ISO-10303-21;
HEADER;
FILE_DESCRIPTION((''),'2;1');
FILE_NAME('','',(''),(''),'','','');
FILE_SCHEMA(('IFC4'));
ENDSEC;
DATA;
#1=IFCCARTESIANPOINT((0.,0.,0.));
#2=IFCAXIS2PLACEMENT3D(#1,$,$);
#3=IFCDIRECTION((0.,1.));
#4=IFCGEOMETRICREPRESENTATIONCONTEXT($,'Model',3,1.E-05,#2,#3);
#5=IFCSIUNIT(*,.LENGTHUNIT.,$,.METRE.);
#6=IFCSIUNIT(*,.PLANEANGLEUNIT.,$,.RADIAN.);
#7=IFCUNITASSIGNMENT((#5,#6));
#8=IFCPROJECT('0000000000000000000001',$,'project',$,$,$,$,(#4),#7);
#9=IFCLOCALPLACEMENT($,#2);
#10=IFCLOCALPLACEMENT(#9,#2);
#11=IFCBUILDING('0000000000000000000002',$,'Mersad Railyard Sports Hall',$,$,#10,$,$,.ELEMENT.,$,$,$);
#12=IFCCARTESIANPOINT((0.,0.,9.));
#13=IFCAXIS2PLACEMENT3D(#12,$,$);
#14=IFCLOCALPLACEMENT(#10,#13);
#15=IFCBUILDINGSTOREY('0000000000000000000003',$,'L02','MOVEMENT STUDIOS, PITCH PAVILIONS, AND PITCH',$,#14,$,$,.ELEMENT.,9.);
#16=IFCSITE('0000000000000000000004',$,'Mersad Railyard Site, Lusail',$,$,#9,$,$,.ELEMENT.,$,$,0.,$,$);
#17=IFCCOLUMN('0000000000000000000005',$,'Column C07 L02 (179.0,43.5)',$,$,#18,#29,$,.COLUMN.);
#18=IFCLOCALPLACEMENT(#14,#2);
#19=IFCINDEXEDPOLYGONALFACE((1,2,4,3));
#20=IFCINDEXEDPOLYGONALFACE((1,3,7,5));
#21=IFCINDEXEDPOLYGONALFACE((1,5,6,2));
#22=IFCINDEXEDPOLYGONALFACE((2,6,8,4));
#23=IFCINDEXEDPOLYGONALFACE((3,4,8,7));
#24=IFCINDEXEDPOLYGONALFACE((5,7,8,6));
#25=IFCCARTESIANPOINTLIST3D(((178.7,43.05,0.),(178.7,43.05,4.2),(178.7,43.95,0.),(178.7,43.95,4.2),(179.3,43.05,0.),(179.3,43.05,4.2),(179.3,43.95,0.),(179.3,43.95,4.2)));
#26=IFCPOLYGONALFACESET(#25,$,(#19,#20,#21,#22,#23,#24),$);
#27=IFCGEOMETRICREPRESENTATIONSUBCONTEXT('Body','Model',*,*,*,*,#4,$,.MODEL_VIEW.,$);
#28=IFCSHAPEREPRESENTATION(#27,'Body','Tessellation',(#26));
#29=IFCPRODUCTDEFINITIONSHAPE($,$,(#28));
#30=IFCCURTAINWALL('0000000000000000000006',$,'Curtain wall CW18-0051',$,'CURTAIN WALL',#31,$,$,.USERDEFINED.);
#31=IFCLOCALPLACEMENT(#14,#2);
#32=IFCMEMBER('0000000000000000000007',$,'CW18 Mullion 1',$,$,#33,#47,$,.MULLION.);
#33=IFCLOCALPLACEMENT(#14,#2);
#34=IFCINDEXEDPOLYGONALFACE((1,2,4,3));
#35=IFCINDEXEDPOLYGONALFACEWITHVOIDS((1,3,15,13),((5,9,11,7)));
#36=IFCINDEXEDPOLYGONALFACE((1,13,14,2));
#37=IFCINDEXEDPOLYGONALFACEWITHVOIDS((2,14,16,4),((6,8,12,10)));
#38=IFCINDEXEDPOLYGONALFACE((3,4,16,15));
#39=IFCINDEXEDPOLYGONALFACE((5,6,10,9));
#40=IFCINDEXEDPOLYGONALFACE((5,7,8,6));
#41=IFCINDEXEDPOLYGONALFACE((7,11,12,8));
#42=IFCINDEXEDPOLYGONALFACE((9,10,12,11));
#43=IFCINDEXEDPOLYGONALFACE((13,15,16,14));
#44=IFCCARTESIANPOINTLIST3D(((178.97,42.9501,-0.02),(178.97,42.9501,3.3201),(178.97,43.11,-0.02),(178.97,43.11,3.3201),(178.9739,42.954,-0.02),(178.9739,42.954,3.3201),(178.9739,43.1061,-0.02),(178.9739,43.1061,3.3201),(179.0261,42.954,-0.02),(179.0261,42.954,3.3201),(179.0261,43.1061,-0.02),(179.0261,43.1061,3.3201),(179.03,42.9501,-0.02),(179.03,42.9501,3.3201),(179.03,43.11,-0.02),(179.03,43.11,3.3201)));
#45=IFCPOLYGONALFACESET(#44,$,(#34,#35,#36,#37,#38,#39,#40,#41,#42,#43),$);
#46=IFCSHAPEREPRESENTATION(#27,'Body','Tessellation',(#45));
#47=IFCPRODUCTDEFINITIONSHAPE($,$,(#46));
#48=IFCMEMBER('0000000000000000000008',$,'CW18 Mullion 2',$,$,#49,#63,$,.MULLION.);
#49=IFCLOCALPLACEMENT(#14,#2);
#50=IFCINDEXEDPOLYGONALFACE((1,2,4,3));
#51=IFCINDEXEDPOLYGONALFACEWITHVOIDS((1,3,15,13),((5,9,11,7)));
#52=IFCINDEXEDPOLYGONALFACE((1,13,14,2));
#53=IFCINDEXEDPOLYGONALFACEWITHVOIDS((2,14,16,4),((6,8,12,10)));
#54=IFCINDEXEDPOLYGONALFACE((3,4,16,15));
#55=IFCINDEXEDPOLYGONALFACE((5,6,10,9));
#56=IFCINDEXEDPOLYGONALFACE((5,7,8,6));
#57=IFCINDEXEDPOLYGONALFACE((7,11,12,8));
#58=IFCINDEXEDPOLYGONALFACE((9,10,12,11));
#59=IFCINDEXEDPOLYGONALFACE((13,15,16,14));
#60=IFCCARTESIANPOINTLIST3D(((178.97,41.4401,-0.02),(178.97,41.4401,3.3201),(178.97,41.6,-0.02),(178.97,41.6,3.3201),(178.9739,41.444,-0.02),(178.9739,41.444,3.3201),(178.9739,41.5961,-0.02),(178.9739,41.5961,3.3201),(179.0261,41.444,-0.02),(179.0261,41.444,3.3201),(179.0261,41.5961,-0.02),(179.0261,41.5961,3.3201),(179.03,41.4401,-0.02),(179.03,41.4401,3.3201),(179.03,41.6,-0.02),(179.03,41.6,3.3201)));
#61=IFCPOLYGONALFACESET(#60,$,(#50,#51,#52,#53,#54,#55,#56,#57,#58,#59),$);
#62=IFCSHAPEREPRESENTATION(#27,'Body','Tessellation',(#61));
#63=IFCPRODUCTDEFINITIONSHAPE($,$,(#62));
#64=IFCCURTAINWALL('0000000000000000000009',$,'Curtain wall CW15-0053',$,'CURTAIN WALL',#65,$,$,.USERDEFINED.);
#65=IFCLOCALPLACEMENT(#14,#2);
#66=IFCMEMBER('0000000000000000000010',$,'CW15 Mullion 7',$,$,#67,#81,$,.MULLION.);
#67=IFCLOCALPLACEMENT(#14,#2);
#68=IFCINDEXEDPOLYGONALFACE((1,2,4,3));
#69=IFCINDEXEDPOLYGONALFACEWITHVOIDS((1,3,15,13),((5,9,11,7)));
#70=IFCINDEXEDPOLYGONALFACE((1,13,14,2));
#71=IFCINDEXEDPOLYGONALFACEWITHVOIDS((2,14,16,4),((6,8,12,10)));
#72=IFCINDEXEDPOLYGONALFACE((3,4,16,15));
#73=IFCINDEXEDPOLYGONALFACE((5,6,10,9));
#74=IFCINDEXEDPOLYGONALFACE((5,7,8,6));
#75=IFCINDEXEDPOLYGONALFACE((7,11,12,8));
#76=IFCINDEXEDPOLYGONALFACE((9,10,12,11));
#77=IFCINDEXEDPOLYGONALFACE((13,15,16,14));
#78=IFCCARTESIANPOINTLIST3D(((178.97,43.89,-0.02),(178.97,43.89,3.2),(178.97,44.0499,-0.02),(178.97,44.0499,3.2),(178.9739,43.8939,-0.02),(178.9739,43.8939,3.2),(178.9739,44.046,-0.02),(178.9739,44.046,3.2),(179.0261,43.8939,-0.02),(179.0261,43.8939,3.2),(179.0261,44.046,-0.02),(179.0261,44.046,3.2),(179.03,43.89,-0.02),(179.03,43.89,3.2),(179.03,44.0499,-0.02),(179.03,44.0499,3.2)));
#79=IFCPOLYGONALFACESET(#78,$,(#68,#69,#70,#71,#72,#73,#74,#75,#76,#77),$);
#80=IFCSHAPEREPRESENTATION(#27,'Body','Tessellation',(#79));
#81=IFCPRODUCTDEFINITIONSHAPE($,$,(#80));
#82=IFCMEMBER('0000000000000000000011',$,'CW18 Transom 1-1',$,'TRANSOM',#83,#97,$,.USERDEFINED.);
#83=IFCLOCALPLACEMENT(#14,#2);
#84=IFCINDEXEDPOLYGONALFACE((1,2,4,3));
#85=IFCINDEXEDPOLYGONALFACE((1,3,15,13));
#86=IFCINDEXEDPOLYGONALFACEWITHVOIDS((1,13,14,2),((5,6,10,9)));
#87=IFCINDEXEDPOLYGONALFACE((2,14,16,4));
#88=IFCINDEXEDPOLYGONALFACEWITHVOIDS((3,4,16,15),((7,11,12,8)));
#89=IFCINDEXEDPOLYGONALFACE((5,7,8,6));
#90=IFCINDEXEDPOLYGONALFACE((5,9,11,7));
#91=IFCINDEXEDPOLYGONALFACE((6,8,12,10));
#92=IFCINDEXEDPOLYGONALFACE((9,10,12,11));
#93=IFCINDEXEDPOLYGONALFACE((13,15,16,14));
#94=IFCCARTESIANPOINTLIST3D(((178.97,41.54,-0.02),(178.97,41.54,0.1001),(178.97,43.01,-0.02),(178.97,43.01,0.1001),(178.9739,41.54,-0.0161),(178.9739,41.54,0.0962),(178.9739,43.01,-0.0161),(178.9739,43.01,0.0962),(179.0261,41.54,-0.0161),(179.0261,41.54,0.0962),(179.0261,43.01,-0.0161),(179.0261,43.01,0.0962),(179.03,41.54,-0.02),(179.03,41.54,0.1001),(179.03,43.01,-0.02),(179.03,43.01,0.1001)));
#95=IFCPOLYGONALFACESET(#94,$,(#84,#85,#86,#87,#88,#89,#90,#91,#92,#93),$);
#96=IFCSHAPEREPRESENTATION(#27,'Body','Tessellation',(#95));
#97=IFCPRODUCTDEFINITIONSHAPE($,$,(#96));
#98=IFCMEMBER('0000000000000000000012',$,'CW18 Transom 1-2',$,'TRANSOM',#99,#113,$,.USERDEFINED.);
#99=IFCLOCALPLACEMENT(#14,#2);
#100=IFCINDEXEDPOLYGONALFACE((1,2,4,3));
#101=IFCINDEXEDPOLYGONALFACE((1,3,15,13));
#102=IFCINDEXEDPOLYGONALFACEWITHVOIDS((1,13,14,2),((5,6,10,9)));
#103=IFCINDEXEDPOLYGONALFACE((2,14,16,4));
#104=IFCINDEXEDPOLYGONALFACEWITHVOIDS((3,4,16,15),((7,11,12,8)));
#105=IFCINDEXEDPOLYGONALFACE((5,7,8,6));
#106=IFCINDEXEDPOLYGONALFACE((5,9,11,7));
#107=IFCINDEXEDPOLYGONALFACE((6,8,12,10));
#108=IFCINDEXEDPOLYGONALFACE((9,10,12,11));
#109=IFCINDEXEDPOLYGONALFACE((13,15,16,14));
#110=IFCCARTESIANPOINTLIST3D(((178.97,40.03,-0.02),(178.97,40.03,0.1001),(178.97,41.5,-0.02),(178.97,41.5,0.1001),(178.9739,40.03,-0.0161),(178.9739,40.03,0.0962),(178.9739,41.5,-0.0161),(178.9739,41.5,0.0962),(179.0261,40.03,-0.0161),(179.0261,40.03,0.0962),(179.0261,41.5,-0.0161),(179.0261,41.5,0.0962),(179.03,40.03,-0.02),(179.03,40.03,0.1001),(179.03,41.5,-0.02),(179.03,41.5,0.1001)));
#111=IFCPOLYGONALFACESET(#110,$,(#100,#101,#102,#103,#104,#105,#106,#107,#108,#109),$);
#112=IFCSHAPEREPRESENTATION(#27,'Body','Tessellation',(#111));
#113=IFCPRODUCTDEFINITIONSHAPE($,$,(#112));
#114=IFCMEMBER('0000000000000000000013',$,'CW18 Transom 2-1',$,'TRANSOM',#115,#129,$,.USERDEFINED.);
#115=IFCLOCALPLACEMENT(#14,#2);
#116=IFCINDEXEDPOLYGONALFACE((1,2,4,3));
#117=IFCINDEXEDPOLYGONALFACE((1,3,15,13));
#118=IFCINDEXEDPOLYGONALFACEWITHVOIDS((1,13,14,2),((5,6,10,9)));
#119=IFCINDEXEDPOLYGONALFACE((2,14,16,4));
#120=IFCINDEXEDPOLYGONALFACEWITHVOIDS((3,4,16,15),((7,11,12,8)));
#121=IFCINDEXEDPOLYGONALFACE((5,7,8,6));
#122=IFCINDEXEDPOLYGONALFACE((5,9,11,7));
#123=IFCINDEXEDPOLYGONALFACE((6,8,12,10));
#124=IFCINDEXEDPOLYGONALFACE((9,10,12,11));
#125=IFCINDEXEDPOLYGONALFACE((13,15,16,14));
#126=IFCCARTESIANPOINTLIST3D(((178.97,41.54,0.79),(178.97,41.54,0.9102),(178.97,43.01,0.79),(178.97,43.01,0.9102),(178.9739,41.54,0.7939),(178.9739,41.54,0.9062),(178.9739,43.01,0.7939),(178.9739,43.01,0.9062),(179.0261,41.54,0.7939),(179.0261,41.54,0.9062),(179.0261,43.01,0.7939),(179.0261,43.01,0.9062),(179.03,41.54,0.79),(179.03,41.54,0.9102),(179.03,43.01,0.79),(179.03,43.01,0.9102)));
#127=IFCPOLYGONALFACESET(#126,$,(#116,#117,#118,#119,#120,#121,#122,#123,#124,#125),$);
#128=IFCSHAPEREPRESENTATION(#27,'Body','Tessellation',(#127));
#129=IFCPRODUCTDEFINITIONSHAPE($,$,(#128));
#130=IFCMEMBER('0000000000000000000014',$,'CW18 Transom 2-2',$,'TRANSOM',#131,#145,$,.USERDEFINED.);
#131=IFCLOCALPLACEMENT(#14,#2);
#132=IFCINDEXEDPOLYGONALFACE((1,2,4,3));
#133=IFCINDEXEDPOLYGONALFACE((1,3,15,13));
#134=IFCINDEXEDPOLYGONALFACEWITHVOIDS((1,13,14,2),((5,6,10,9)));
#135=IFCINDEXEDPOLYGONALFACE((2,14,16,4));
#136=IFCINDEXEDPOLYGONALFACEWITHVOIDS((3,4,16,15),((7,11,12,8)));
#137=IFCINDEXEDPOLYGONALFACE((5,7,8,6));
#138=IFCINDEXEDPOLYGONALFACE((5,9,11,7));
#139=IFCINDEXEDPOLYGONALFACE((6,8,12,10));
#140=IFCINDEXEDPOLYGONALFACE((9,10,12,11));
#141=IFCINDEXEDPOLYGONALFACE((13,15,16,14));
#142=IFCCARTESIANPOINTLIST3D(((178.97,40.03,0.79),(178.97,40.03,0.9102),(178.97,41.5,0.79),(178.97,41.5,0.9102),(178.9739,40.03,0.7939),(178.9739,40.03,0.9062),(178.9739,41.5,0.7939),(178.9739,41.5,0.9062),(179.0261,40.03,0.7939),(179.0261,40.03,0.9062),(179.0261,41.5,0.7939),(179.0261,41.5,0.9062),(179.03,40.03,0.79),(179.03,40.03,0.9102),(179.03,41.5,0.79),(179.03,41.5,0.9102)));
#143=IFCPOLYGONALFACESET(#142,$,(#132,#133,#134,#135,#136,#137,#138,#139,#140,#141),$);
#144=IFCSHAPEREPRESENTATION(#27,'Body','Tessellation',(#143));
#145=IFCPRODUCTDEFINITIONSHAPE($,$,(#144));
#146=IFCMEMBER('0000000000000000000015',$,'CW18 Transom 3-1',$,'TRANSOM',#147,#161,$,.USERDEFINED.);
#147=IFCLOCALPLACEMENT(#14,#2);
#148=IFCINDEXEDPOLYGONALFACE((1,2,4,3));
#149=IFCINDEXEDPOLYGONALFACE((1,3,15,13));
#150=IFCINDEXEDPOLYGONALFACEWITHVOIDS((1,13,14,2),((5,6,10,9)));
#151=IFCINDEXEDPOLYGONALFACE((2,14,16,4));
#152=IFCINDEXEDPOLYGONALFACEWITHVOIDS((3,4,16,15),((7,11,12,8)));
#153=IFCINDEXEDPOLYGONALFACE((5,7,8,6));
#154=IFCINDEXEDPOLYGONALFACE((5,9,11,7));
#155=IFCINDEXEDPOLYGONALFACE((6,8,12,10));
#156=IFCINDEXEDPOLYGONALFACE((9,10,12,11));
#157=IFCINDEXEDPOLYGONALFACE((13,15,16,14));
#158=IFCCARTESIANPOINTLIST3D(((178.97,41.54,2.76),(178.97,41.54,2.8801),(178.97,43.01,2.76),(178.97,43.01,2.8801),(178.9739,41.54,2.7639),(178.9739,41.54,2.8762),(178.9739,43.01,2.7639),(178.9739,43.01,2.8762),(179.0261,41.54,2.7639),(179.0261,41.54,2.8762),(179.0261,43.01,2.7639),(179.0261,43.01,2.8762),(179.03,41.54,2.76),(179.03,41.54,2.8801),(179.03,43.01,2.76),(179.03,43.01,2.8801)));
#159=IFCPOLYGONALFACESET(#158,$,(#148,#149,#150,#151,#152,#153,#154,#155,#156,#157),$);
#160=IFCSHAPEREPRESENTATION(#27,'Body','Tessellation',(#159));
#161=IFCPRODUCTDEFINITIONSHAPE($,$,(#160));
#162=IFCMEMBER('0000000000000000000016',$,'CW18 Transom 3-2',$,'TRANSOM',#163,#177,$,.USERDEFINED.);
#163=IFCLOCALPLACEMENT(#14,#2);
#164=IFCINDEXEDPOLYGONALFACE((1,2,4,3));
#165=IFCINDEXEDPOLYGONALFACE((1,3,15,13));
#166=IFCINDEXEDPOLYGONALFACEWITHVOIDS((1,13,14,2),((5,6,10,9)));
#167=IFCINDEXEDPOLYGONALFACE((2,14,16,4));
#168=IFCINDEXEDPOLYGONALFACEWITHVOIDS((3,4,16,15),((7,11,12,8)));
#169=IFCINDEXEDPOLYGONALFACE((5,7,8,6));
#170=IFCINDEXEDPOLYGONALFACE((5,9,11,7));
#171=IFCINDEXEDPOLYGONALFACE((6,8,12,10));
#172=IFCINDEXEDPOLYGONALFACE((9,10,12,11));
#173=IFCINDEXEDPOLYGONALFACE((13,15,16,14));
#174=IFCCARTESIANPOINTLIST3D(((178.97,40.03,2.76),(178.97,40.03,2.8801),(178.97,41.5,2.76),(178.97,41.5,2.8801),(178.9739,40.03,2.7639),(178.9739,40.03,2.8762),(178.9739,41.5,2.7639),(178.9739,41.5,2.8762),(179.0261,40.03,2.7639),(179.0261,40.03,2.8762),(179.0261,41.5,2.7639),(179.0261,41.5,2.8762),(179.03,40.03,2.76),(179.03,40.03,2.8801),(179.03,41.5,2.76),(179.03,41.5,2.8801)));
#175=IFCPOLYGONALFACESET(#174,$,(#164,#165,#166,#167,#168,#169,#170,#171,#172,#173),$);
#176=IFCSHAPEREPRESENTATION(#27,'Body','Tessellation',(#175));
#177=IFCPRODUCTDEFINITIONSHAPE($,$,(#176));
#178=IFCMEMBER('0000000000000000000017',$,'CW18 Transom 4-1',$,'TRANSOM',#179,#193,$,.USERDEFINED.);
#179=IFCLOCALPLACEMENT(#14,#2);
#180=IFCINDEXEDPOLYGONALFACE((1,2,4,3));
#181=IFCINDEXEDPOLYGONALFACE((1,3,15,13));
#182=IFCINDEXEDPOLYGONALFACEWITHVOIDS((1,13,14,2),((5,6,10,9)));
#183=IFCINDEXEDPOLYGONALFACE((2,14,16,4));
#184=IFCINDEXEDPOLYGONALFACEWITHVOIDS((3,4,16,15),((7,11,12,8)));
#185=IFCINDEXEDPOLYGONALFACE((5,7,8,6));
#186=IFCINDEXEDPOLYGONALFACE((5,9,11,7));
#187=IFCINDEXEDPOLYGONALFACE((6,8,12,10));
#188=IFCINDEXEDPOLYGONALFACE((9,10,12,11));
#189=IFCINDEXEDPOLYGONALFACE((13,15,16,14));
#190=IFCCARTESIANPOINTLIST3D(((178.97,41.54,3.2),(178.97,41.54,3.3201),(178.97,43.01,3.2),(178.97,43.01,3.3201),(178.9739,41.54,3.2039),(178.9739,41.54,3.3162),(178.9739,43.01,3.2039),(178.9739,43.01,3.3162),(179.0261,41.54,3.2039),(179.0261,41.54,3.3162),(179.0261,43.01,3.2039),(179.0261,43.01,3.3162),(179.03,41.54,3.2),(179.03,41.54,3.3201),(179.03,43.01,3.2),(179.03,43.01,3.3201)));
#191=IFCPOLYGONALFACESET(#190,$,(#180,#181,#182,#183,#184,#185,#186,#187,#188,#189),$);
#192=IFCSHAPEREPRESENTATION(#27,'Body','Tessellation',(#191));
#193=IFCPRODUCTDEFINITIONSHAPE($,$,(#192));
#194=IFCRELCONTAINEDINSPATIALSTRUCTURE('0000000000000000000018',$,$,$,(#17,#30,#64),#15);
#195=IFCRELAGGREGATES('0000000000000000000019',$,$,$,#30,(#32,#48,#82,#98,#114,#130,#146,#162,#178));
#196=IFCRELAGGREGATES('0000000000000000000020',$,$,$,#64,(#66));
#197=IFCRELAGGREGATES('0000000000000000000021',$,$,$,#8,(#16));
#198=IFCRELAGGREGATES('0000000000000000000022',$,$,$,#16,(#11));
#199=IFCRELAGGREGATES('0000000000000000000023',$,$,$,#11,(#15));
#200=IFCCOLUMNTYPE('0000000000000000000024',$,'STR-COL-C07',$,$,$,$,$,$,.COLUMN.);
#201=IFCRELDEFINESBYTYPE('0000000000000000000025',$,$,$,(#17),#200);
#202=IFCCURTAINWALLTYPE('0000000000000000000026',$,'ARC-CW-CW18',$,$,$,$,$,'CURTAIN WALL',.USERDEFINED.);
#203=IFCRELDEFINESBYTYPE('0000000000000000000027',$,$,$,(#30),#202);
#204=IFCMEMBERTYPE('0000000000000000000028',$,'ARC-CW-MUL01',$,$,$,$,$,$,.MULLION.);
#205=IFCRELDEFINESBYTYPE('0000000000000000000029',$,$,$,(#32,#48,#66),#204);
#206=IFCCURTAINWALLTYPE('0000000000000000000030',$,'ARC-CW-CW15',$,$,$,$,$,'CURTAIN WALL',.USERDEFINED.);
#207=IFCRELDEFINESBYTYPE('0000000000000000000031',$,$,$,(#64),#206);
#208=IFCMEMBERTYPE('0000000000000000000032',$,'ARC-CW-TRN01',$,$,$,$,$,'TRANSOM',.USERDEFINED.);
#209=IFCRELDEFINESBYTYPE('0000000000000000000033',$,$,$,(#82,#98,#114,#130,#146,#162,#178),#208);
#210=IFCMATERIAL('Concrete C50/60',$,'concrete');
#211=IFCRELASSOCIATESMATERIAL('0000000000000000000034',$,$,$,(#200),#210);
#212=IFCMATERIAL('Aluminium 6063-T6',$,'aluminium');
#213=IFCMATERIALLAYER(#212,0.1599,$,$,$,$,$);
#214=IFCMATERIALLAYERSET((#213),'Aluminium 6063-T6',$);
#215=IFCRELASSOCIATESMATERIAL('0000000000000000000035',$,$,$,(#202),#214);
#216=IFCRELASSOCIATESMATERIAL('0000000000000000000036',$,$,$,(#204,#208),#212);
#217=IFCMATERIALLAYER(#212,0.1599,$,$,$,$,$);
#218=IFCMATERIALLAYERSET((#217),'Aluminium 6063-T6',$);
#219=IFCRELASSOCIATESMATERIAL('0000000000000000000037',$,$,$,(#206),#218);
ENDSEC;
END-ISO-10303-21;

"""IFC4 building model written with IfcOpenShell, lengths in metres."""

from ifc_helpers import new_model, si_unit, direction, frame, origin, origin_2d, place, context, subcontext, project, spatial, rectangle, hollow_rectangle, extrude, material, layer, layer_set, material_profile, profile_set, type_object, element, aggregate, save


model = new_model("IFC4")

# Units and contexts
model_context = context("Model", 3, precision=1e-05, world=origin(), true_north=direction((0.0, 1.0)))
body_context = subcontext(model_context, "Body", "Model", "MODEL_VIEW")
ifc_project = project(units=[si_unit("LENGTHUNIT", "METRE"), si_unit("PLANEANGLEUNIT", "RADIAN")], contexts=[model_context])

# Site, building, storey
site_placement = place(None, origin())
site = spatial("IfcSite", under=ifc_project, at=site_placement, Name="Mersad Railyard Site, Lusail", CompositionType="ELEMENT", RefElevation=0.0)
building_placement = place(site_placement, origin())
building = spatial("IfcBuilding", under=site, at=building_placement, Name="Mersad Railyard Sports Hall", CompositionType="ELEMENT")
storey_placement = place(building_placement, frame((0.0, 0.0, 9.0)))
storey = spatial("IfcBuildingStorey", under=building, at=storey_placement, Name="L02", Description="MOVEMENT STUDIOS, PITCH PAVILIONS, AND PITCH", CompositionType="ELEMENT", Elevation=9.0)

# Column
ifc_material_1 = material(Name="Concrete C50/60", Category="concrete")
ifc_material_profile_1 = material_profile(ifc_material_1, rectangle(XDim=0.6001, YDim=0.8999, at=origin_2d()), Name="RC 600x900")
ifc_profile_set_1 = profile_set([ifc_material_profile_1], Name="Concrete C50/60")
column_type = type_object("IfcColumnType", Name="STR-COL-C07", PredefinedType="COLUMN", material=ifc_profile_set_1)
column_placement = place(storey_placement, frame((179.0, 43.5, 0.0), z_axis=(0.0, 0.0, 1.0), x_axis=(1.0, 0.0, 0.0)))
element("IfcColumn", 1, at=column_placement, inside=storey, type_object=column_type, Name="Column C07 L02 (179.0,43.5)", PredefinedType="COLUMN", context=body_context, shape_type="SweptSolid", body=[
    extrude(rectangle(XDim=0.6001, YDim=0.8999, at=origin_2d()), origin(), (0.0, 0.0, 1.0), 4.2),
])

# Curtain wall, members
ifc_material_2 = material(Name="Aluminium 6063-T6", Category="aluminium")
ifc_layer_1 = layer(ifc_material_2, 0.1599)
ifc_layer_set_1 = layer_set([ifc_layer_1], Name="Aluminium 6063-T6")
curtain_wall_type_1 = type_object("IfcCurtainWallType", Name="ARC-CW-CW18", ElementType="CURTAIN WALL", PredefinedType="USERDEFINED", material=ifc_layer_set_1)
curtain_wall_1_placement = place(storey_placement, origin())
curtain_wall_1 = element("IfcCurtainWall", 2, at=curtain_wall_1_placement, inside=storey, type_object=curtain_wall_type_1, Name="Curtain wall CW18-0051", ObjectType="CURTAIN WALL", PredefinedType="USERDEFINED")
ifc_material_profile_2 = material_profile(ifc_material_2, hollow_rectangle(XDim=0.0601, YDim=0.1599, WallThickness=0.0039, at=origin_2d()), Name="AL MULLION 60x160x4")
ifc_profile_set_2 = profile_set([ifc_material_profile_2], Name="Aluminium 6063-T6")
member_type_1 = type_object("IfcMemberType", Name="ARC-CW-MUL01", PredefinedType="MULLION", material=ifc_profile_set_2)
member_1_placement = place(storey_placement, frame((179.0, 43.03, -0.02), z_axis=(0.0, 0.0, 1.0), x_axis=(1.0, 0.0, 0.0)))
member_1 = element("IfcMember", 3, at=member_1_placement, type_object=member_type_1, Name="CW18 Mullion 1", PredefinedType="MULLION", context=body_context, shape_type="SweptSolid", body=[
    extrude(hollow_rectangle(XDim=0.0601, YDim=0.1599, WallThickness=0.0039, at=origin_2d()), origin(), (0.0, 0.0, 1.0), 3.3401),
])
member_2_placement = place(storey_placement, frame((179.0, 41.52, -0.02), z_axis=(0.0, 0.0, 1.0), x_axis=(1.0, 0.0, 0.0)))
member_2 = element("IfcMember", 4, at=member_2_placement, type_object=member_type_1, Name="CW18 Mullion 2", PredefinedType="MULLION", context=body_context, shape_type="SweptSolid", body=[
    extrude(hollow_rectangle(XDim=0.0601, YDim=0.1599, WallThickness=0.0039, at=origin_2d()), origin(), (0.0, 0.0, 1.0), 3.3401),
])

# Curtain wall, member
ifc_layer_2 = layer(ifc_material_2, 0.1599)
ifc_layer_set_2 = layer_set([ifc_layer_2], Name="Aluminium 6063-T6")
curtain_wall_type_2 = type_object("IfcCurtainWallType", Name="ARC-CW-CW15", ElementType="CURTAIN WALL", PredefinedType="USERDEFINED", material=ifc_layer_set_2)
curtain_wall_2_placement = place(storey_placement, origin())
curtain_wall_2 = element("IfcCurtainWall", 5, at=curtain_wall_2_placement, inside=storey, type_object=curtain_wall_type_2, Name="Curtain wall CW15-0053", ObjectType="CURTAIN WALL", PredefinedType="USERDEFINED")
member_3_placement = place(storey_placement, frame((179.0, 43.97, -0.02), z_axis=(0.0, 0.0, 1.0), x_axis=(1.0, 0.0, 0.0)))
member_3 = element("IfcMember", 6, at=member_3_placement, type_object=member_type_1, Name="CW15 Mullion 7", PredefinedType="MULLION", context=body_context, shape_type="SweptSolid", body=[
    extrude(hollow_rectangle(XDim=0.0601, YDim=0.1599, WallThickness=0.0039, at=origin_2d()), origin(), (0.0, 0.0, 1.0), 3.22),
])

# Members
ifc_material_profile_3 = material_profile(ifc_material_2, hollow_rectangle(XDim=0.0601, YDim=0.1201, WallThickness=0.0039, at=origin_2d()), Name="AL TRANSOM 60x120x4")
ifc_profile_set_3 = profile_set([ifc_material_profile_3], Name="Aluminium 6063-T6")
member_type_2 = type_object("IfcMemberType", Name="ARC-CW-TRN01", ElementType="TRANSOM", PredefinedType="USERDEFINED", material=ifc_profile_set_3)
member_4_placement = place(storey_placement, frame((179.0, 43.01, 0.04), z_axis=(0.0, -1.0, 0.0), x_axis=(1.0, 0.0, 0.0)))
member_4 = element("IfcMember", 7, at=member_4_placement, type_object=member_type_2, Name="CW18 Transom 1-1", ObjectType="TRANSOM", PredefinedType="USERDEFINED", context=body_context, shape_type="SweptSolid", body=[
    extrude(hollow_rectangle(XDim=0.0601, YDim=0.1201, WallThickness=0.0039, at=origin_2d()), origin(), (0.0, 0.0, 1.0), 1.47),
])
member_5_placement = place(storey_placement, frame((179.0, 41.5, 0.04), z_axis=(0.0, -1.0, 0.0), x_axis=(1.0, 0.0, 0.0)))
member_5 = element("IfcMember", 8, at=member_5_placement, type_object=member_type_2, Name="CW18 Transom 1-2", ObjectType="TRANSOM", PredefinedType="USERDEFINED", context=body_context, shape_type="SweptSolid", body=[
    extrude(hollow_rectangle(XDim=0.0601, YDim=0.1201, WallThickness=0.0039, at=origin_2d()), origin(), (0.0, 0.0, 1.0), 1.47),
])
member_6_placement = place(storey_placement, frame((179.0, 43.01, 0.8501), z_axis=(0.0, -1.0, 0.0), x_axis=(1.0, 0.0, 0.0)))
member_6 = element("IfcMember", 9, at=member_6_placement, type_object=member_type_2, Name="CW18 Transom 2-1", ObjectType="TRANSOM", PredefinedType="USERDEFINED", context=body_context, shape_type="SweptSolid", body=[
    extrude(hollow_rectangle(XDim=0.0601, YDim=0.1201, WallThickness=0.0039, at=origin_2d()), origin(), (0.0, 0.0, 1.0), 1.47),
])
member_7_placement = place(storey_placement, frame((179.0, 41.5, 0.8501), z_axis=(0.0, -1.0, 0.0), x_axis=(1.0, 0.0, 0.0)))
member_7 = element("IfcMember", 10, at=member_7_placement, type_object=member_type_2, Name="CW18 Transom 2-2", ObjectType="TRANSOM", PredefinedType="USERDEFINED", context=body_context, shape_type="SweptSolid", body=[
    extrude(hollow_rectangle(XDim=0.0601, YDim=0.1201, WallThickness=0.0039, at=origin_2d()), origin(), (0.0, 0.0, 1.0), 1.47),
])
member_8_placement = place(storey_placement, frame((179.0, 43.01, 2.8201), z_axis=(0.0, -1.0, 0.0), x_axis=(1.0, 0.0, 0.0)))
member_8 = element("IfcMember", 11, at=member_8_placement, type_object=member_type_2, Name="CW18 Transom 3-1", ObjectType="TRANSOM", PredefinedType="USERDEFINED", context=body_context, shape_type="SweptSolid", body=[
    extrude(hollow_rectangle(XDim=0.0601, YDim=0.1201, WallThickness=0.0039, at=origin_2d()), origin(), (0.0, 0.0, 1.0), 1.47),
])
member_9_placement = place(storey_placement, frame((179.0, 41.5, 2.8201), z_axis=(0.0, -1.0, 0.0), x_axis=(1.0, 0.0, 0.0)))
member_9 = element("IfcMember", 12, at=member_9_placement, type_object=member_type_2, Name="CW18 Transom 3-2", ObjectType="TRANSOM", PredefinedType="USERDEFINED", context=body_context, shape_type="SweptSolid", body=[
    extrude(hollow_rectangle(XDim=0.0601, YDim=0.1201, WallThickness=0.0039, at=origin_2d()), origin(), (0.0, 0.0, 1.0), 1.47),
])
member_10_placement = place(storey_placement, frame((179.0, 43.01, 3.26), z_axis=(0.0, -1.0, 0.0), x_axis=(1.0, 0.0, 0.0)))
member_10 = element("IfcMember", 13, at=member_10_placement, type_object=member_type_2, Name="CW18 Transom 4-1", ObjectType="TRANSOM", PredefinedType="USERDEFINED", context=body_context, shape_type="SweptSolid", body=[
    extrude(hollow_rectangle(XDim=0.0601, YDim=0.1201, WallThickness=0.0039, at=origin_2d()), origin(), (0.0, 0.0, 1.0), 1.47),
])

aggregate(curtain_wall_1, [member_1, member_2, member_4, member_5, member_6, member_7, member_8, member_9, member_10])
aggregate(curtain_wall_2, [member_3])

save(model, "model.ifc")
